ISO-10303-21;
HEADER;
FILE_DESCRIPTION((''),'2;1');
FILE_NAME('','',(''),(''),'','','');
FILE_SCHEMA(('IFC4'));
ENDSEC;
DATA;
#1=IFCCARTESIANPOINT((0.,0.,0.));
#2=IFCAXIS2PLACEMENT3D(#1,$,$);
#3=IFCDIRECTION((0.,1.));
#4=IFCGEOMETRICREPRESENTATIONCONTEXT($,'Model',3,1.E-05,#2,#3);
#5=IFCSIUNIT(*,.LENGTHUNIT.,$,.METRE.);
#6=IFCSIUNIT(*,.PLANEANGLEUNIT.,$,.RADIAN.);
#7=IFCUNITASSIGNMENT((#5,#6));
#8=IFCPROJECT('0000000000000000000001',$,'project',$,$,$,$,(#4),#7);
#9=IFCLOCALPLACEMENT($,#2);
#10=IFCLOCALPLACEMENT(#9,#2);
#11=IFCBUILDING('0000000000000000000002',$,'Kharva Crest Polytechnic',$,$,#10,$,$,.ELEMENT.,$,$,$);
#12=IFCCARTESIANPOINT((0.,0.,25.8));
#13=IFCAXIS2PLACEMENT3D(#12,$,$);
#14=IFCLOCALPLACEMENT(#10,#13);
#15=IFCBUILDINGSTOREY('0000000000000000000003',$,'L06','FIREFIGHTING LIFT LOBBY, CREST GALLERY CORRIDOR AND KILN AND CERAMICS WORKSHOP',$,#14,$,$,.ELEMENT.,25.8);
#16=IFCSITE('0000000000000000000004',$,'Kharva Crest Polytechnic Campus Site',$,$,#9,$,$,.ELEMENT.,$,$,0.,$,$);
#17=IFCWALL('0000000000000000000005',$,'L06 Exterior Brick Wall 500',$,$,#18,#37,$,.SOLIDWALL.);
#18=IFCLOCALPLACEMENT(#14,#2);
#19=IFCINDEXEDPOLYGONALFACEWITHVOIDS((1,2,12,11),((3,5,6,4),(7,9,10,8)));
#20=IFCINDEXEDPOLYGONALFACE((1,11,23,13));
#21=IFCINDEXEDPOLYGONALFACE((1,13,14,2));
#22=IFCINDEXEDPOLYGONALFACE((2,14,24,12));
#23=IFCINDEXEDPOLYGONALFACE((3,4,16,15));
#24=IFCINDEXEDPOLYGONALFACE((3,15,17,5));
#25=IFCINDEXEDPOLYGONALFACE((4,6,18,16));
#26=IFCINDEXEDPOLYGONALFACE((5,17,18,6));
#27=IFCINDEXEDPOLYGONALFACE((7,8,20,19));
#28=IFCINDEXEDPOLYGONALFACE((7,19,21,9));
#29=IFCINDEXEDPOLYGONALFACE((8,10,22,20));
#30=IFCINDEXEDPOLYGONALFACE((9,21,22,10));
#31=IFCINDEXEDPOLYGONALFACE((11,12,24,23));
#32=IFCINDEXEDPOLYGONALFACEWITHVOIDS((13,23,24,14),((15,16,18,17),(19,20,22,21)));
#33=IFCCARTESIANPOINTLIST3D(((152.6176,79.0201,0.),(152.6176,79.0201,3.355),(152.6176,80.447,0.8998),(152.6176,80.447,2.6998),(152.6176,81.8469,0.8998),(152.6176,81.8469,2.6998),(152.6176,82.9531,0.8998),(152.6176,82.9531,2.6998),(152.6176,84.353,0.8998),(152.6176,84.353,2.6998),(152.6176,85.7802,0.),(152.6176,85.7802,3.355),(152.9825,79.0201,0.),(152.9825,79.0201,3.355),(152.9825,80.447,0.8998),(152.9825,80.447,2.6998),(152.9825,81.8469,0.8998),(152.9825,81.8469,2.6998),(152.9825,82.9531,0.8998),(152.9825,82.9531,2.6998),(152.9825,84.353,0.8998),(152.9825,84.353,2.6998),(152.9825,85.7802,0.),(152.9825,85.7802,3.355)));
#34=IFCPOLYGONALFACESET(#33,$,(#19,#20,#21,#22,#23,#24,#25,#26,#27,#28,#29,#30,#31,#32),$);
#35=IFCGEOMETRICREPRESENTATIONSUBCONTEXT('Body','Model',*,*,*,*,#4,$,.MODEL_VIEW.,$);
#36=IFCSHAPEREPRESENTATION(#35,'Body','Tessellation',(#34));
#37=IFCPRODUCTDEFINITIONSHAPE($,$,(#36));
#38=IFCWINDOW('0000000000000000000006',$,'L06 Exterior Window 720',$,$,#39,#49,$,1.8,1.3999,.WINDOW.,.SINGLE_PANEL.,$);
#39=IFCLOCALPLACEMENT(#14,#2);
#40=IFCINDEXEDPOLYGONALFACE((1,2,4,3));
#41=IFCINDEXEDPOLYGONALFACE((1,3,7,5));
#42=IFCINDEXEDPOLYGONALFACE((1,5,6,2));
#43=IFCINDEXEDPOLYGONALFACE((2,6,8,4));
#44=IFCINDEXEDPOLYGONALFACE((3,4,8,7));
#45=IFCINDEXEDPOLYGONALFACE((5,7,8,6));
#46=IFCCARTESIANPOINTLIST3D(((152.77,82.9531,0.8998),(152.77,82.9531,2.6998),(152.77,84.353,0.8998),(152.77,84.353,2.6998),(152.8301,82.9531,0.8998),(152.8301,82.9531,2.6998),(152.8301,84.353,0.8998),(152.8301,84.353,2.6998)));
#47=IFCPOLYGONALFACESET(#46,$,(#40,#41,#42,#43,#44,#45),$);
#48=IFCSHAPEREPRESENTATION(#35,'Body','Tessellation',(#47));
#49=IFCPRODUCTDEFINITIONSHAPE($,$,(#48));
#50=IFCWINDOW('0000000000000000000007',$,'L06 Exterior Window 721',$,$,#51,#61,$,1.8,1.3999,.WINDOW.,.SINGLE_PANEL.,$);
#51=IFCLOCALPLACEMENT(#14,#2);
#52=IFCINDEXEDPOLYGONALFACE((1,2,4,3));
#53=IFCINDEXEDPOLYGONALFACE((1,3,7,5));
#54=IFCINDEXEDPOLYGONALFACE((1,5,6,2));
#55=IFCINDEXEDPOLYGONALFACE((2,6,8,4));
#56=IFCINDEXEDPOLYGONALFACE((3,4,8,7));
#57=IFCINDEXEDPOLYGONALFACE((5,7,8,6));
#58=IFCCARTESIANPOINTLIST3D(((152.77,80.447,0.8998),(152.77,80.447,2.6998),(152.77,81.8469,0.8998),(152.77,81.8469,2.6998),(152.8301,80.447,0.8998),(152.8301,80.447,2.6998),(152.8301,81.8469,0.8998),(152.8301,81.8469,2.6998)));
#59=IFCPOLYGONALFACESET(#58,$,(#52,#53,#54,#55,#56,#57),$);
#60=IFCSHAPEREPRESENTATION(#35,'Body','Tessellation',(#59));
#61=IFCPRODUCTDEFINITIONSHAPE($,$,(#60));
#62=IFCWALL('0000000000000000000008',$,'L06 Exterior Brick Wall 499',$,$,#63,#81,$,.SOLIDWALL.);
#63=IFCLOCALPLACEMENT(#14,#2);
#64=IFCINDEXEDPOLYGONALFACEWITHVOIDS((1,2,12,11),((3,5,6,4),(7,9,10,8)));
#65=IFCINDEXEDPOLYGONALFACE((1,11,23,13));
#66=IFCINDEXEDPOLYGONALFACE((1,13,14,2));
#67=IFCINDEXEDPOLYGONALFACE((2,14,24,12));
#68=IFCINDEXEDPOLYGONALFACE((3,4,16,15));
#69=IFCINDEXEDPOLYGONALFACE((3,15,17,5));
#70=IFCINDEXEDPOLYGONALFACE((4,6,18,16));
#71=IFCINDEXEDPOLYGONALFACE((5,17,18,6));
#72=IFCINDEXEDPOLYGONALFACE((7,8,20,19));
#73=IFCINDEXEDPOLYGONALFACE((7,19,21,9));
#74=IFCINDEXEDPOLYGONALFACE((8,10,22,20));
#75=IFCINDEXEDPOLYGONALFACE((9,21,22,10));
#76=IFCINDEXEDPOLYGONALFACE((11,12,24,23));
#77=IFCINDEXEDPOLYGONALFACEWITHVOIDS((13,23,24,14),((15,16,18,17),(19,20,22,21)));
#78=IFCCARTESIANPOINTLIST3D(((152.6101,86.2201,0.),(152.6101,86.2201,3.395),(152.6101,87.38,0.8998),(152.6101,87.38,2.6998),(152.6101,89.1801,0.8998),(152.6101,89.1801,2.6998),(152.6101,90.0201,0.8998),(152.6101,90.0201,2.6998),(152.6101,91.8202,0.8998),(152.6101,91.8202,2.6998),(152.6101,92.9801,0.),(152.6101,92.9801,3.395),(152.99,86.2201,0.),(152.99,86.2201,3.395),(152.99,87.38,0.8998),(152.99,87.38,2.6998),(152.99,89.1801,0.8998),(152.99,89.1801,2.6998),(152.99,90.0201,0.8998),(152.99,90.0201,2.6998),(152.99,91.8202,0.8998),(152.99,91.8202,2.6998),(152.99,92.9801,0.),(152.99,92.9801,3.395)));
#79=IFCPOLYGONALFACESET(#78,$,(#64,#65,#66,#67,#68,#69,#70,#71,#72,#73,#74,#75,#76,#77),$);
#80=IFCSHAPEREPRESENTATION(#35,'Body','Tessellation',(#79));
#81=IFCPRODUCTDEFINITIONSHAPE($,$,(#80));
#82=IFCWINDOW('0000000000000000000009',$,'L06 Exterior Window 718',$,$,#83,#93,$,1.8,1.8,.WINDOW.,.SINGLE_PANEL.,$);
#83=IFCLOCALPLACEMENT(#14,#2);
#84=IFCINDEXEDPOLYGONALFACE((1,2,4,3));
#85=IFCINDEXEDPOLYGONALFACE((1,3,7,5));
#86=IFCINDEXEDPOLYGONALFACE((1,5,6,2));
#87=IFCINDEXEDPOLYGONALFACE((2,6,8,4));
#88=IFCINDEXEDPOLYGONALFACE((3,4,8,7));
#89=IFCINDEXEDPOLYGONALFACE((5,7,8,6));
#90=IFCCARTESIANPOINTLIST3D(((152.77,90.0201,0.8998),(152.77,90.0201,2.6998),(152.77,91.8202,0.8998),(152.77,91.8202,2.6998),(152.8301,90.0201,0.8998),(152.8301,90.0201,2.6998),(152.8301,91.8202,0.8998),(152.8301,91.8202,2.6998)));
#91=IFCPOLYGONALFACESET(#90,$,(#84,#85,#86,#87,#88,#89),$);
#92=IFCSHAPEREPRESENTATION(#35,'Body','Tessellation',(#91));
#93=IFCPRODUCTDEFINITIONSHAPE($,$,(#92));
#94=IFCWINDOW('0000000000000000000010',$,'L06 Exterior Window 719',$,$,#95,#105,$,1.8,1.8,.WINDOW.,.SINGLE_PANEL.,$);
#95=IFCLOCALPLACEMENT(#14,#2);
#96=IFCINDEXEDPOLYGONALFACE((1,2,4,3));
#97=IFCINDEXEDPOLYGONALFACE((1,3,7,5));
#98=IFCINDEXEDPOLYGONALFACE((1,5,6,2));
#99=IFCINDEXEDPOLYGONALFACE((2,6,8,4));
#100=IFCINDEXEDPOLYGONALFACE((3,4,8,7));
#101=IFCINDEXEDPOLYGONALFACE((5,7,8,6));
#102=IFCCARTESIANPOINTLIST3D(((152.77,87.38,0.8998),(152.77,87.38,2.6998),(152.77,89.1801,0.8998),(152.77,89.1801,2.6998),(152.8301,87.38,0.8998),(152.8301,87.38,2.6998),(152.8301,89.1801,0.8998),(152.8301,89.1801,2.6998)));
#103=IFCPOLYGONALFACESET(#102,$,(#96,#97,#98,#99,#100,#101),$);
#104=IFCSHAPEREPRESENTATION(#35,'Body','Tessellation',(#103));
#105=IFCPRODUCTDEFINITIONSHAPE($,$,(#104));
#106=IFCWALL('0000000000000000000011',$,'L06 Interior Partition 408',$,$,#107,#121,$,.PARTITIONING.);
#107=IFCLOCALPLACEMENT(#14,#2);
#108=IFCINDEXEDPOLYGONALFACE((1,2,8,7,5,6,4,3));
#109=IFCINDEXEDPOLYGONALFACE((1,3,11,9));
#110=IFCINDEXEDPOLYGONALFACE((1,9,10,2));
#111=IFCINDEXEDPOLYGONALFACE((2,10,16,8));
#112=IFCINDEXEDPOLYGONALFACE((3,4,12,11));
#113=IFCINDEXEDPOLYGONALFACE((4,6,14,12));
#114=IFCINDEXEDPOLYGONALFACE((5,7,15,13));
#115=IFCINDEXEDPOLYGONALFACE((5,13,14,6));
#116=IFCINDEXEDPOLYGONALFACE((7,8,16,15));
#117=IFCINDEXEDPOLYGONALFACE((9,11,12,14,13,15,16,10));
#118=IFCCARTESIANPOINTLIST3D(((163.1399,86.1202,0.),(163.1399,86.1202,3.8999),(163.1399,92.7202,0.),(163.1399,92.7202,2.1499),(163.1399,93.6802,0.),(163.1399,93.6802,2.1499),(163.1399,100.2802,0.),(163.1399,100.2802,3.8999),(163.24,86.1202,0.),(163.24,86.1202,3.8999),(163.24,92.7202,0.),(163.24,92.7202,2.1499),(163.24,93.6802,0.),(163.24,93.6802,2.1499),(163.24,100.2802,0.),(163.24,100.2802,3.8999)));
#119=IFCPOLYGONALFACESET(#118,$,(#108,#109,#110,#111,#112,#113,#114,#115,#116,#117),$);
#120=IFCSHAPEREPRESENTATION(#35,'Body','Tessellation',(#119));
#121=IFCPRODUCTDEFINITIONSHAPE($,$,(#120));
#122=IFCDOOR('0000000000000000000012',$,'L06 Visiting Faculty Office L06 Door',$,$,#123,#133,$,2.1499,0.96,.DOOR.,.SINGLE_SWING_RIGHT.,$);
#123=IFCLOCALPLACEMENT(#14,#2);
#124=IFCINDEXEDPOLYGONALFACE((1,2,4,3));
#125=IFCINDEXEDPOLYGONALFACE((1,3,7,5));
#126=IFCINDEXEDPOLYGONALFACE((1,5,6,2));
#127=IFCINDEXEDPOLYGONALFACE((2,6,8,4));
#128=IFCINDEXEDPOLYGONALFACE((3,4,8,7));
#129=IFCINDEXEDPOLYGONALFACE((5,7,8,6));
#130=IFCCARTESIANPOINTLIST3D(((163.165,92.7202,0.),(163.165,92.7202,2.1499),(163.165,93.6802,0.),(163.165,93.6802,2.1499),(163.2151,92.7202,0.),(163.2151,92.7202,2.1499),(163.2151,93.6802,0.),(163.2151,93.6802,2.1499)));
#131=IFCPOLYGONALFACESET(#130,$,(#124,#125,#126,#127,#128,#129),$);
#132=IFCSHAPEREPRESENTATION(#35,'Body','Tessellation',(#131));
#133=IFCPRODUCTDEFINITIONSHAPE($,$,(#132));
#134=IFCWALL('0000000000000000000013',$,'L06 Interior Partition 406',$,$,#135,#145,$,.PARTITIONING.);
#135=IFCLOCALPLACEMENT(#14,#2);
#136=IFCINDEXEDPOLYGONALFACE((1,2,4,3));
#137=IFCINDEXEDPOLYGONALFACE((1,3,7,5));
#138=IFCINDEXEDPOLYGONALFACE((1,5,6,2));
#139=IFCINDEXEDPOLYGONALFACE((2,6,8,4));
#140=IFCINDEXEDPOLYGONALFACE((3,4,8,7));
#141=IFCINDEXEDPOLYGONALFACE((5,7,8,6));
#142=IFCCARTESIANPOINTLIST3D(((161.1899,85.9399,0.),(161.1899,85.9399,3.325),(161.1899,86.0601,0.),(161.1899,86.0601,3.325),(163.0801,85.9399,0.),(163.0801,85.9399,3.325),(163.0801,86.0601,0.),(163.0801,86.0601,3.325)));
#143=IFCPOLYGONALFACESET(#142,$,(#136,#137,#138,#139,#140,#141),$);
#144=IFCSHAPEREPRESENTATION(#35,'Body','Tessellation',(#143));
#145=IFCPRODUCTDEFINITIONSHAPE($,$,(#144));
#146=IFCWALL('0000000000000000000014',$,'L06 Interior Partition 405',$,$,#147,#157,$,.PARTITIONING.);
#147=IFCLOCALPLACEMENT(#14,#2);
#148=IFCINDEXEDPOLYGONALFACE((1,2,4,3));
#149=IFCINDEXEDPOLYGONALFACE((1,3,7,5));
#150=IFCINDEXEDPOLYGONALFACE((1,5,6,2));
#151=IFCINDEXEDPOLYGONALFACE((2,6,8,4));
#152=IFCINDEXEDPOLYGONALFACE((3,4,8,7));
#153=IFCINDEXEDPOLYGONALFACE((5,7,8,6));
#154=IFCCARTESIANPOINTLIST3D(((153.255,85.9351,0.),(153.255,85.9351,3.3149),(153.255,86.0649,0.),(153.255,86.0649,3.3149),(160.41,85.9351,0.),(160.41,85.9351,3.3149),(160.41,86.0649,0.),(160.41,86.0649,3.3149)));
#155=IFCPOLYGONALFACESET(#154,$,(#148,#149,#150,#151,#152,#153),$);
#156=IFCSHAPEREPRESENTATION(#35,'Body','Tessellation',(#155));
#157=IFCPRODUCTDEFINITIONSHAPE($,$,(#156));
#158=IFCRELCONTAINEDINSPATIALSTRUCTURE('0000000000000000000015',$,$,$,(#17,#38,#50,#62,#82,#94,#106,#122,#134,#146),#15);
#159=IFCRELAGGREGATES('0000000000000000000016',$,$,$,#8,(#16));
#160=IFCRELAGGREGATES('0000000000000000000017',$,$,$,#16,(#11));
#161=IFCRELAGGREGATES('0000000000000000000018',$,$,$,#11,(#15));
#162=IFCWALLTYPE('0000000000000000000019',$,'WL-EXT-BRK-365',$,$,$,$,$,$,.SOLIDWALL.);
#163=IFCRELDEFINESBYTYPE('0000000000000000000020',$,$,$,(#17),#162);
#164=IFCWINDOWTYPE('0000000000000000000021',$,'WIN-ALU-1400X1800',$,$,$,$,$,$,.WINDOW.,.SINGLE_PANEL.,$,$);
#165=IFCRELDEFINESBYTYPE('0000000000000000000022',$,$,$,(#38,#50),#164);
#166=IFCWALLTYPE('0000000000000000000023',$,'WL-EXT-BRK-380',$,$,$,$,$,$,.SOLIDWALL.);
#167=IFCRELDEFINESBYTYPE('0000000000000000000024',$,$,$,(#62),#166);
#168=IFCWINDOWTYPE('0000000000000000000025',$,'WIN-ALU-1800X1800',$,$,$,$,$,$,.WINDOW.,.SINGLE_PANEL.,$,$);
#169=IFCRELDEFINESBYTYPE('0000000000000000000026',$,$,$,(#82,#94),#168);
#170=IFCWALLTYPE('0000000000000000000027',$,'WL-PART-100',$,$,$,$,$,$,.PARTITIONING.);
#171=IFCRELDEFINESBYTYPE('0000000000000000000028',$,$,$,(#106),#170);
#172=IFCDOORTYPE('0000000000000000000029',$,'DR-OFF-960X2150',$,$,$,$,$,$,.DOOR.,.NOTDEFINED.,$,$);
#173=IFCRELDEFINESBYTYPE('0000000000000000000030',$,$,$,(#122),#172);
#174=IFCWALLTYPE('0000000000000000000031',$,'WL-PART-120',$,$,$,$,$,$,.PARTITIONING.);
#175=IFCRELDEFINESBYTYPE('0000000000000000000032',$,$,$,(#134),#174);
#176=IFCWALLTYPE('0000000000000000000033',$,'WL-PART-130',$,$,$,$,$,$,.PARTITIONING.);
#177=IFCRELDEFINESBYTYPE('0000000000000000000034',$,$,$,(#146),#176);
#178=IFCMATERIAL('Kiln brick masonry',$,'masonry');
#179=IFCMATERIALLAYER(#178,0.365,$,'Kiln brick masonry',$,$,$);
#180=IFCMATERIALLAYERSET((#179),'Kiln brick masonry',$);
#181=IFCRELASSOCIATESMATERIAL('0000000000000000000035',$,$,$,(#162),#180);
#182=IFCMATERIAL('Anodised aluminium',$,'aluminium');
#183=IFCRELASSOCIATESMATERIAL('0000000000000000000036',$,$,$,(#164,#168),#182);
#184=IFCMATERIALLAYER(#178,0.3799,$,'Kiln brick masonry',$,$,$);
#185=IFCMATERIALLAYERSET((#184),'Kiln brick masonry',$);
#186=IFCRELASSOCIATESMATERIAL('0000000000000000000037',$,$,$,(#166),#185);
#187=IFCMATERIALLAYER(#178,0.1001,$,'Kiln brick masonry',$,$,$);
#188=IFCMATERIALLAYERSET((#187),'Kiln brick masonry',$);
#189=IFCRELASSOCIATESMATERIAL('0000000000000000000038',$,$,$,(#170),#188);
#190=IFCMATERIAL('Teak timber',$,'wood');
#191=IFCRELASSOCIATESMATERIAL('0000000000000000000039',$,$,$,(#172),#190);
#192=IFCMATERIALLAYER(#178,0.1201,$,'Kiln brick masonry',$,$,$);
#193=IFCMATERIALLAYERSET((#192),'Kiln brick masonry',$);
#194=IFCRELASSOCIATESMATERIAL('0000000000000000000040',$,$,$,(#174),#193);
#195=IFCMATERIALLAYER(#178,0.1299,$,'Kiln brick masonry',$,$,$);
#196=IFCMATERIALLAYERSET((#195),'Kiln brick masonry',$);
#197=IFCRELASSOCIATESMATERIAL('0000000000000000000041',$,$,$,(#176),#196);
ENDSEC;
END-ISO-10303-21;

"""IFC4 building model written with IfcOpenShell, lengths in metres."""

from ifc_helpers import new_model, si_unit, direction, frame, frame_2d, origin, place, context, subcontext, project, spatial, rectangle, extrude, material, layer, layer_set, type_object, element, fill, save


model = new_model("IFC4")

# Units and contexts
model_context = context("Model", 3, precision=1e-05, world=origin(), true_north=direction((0.0, 1.0)))
body_context = subcontext(model_context, "Body", "Model", "MODEL_VIEW")
ifc_project = project(units=[si_unit("LENGTHUNIT", "METRE"), si_unit("PLANEANGLEUNIT", "RADIAN")], contexts=[model_context])

# Site, building, storey
site_placement = place(None, origin())
site = spatial("IfcSite", under=ifc_project, at=site_placement, Name="Kharva Crest Polytechnic Campus Site", CompositionType="ELEMENT", RefElevation=0.0)
building_placement = place(site_placement, origin())
building = spatial("IfcBuilding", under=site, at=building_placement, Name="Kharva Crest Polytechnic", CompositionType="ELEMENT")
storey_placement = place(building_placement, frame((0.0, 0.0, 25.8)))
storey = spatial("IfcBuildingStorey", under=building, at=storey_placement, Name="L06", Description="FIREFIGHTING LIFT LOBBY, CREST GALLERY CORRIDOR AND KILN AND CERAMICS WORKSHOP", CompositionType="ELEMENT", Elevation=25.8)

# Walls, openings, windows
ifc_material_1 = material(Name="Kiln brick masonry", Category="masonry")
ifc_layer_1 = layer(ifc_material_1, 0.365, Name="Kiln brick masonry")
ifc_layer_set_1 = layer_set([ifc_layer_1], Name="Kiln brick masonry")
wall_type_1 = type_object("IfcWallType", Name="WL-EXT-BRK-365", PredefinedType="SOLIDWALL", material=ifc_layer_set_1)
wall_1_placement = place(storey_placement, frame((152.8, 85.78, 0.0), z_axis=(0.0, 0.0, 1.0), x_axis=(0.0, -1.0, 0.0)))
wall_1 = element("IfcWall", 1, at=wall_1_placement, inside=storey, type_object=wall_type_1, Name="L06 Exterior Brick Wall 500", PredefinedType="SOLIDWALL", context=body_context, shape_type="SweptSolid", body=[
    extrude(rectangle(XDim=6.76, YDim=0.365, at=frame_2d((3.3799, 0.0))), origin(), (0.0, 0.0, 1.0), 3.355),
])
opening_1_placement = place(wall_1_placement, frame((1.427, 0.0, 0.8999)))
opening_1 = element("IfcOpeningElement", 2, at=opening_1_placement, cuts=wall_1, PredefinedType="OPENING", context=body_context, shape_type="SweptSolid", body=[
    extrude(rectangle(XDim=1.3999, YDim=1.8, at=frame_2d((0.7, 0.8999))), frame((0.0, 0.1924, 0.0), z_axis=(0.0, -1.0, 0.0), x_axis=(1.0, 0.0, 0.0)), (0.0, 0.0, 1.0), 0.385),
])
opening_2_placement = place(wall_1_placement, frame((3.9331, 0.0, 0.8999)))
opening_2 = element("IfcOpeningElement", 3, at=opening_2_placement, cuts=wall_1, PredefinedType="OPENING", context=body_context, shape_type="SweptSolid", body=[
    extrude(rectangle(XDim=1.3999, YDim=1.8, at=frame_2d((0.7, 0.8999))), frame((0.0, 0.1924, 0.0), z_axis=(0.0, -1.0, 0.0), x_axis=(1.0, 0.0, 0.0)), (0.0, 0.0, 1.0), 0.385),
])
ifc_material_2 = material(Name="Anodised aluminium", Category="aluminium")
window_type_1 = type_object("IfcWindowType", Name="WIN-ALU-1400X1800", PartitioningType="SINGLE_PANEL", PredefinedType="WINDOW", material=ifc_material_2)
window_1_placement = place(opening_1_placement, origin())
window_1 = element("IfcWindow", 4, at=window_1_placement, inside=storey, type_object=window_type_1, Name="L06 Exterior Window 720", OverallHeight=1.8, OverallWidth=1.3999, PartitioningType="SINGLE_PANEL", PredefinedType="WINDOW", context=body_context, shape_type="SweptSolid", body=[
    extrude(rectangle(XDim=1.3999, YDim=1.8, at=frame_2d((0.7, 0.8999))), frame((0.0, 0.03, 0.0), z_axis=(0.0, -1.0, 0.0), x_axis=(1.0, 0.0, 0.0)), (0.0, 0.0, 1.0), 0.0601),
])
fill(opening_1, window_1)
window_2_placement = place(opening_2_placement, origin())
window_2 = element("IfcWindow", 5, at=window_2_placement, inside=storey, type_object=window_type_1, Name="L06 Exterior Window 721", OverallHeight=1.8, OverallWidth=1.3999, PartitioningType="SINGLE_PANEL", PredefinedType="WINDOW", context=body_context, shape_type="SweptSolid", body=[
    extrude(rectangle(XDim=1.3999, YDim=1.8, at=frame_2d((0.7, 0.8999))), frame((0.0, 0.03, 0.0), z_axis=(0.0, -1.0, 0.0), x_axis=(1.0, 0.0, 0.0)), (0.0, 0.0, 1.0), 0.0601),
])
fill(opening_2, window_2)
ifc_layer_2 = layer(ifc_material_1, 0.3799, Name="Kiln brick masonry")
ifc_layer_set_2 = layer_set([ifc_layer_2], Name="Kiln brick masonry")
wall_type_2 = type_object("IfcWallType", Name="WL-EXT-BRK-380", PredefinedType="SOLIDWALL", material=ifc_layer_set_2)
wall_2_placement = place(storey_placement, frame((152.8, 92.98, 0.0), z_axis=(0.0, 0.0, 1.0), x_axis=(0.0, -1.0, 0.0)))
wall_2 = element("IfcWall", 6, at=wall_2_placement, inside=storey, type_object=wall_type_2, Name="L06 Exterior Brick Wall 499", PredefinedType="SOLIDWALL", context=body_context, shape_type="SweptSolid", body=[
    extrude(rectangle(XDim=6.76, YDim=0.3799, at=frame_2d((3.3799, 0.0))), origin(), (0.0, 0.0, 1.0), 3.395),
])
opening_3_placement = place(wall_2_placement, frame((1.1599, 0.0, 0.8999)))
opening_3 = element("IfcOpeningElement", 7, at=opening_3_placement, cuts=wall_2, PredefinedType="OPENING", context=body_context, shape_type="SweptSolid", body=[
    extrude(rectangle(XDim=1.8, YDim=1.8, at=frame_2d((0.8999, 0.8999))), frame((0.0, 0.2, 0.0), z_axis=(0.0, -1.0, 0.0), x_axis=(1.0, 0.0, 0.0)), (0.0, 0.0, 1.0), 0.3999),
])
opening_4_placement = place(wall_2_placement, frame((3.8, 0.0, 0.8999)))
opening_4 = element("IfcOpeningElement", 8, at=opening_4_placement, cuts=wall_2, PredefinedType="OPENING", context=body_context, shape_type="SweptSolid", body=[
    extrude(rectangle(XDim=1.8, YDim=1.8, at=frame_2d((0.8999, 0.8999))), frame((0.0, 0.2, 0.0), z_axis=(0.0, -1.0, 0.0), x_axis=(1.0, 0.0, 0.0)), (0.0, 0.0, 1.0), 0.3999),
])
window_type_2 = type_object("IfcWindowType", Name="WIN-ALU-1800X1800", PartitioningType="SINGLE_PANEL", PredefinedType="WINDOW", material=ifc_material_2)
window_3_placement = place(opening_3_placement, origin())
window_3 = element("IfcWindow", 9, at=window_3_placement, inside=storey, type_object=window_type_2, Name="L06 Exterior Window 718", OverallHeight=1.8, OverallWidth=1.8, PartitioningType="SINGLE_PANEL", PredefinedType="WINDOW", context=body_context, shape_type="SweptSolid", body=[
    extrude(rectangle(XDim=1.8, YDim=1.8, at=frame_2d((0.8999, 0.8999))), frame((0.0, 0.03, 0.0), z_axis=(0.0, -1.0, 0.0), x_axis=(1.0, 0.0, 0.0)), (0.0, 0.0, 1.0), 0.0601),
])
fill(opening_3, window_3)
window_4_placement = place(opening_4_placement, origin())
window_4 = element("IfcWindow", 10, at=window_4_placement, inside=storey, type_object=window_type_2, Name="L06 Exterior Window 719", OverallHeight=1.8, OverallWidth=1.8, PartitioningType="SINGLE_PANEL", PredefinedType="WINDOW", context=body_context, shape_type="SweptSolid", body=[
    extrude(rectangle(XDim=1.8, YDim=1.8, at=frame_2d((0.8999, 0.8999))), frame((0.0, 0.03, 0.0), z_axis=(0.0, -1.0, 0.0), x_axis=(1.0, 0.0, 0.0)), (0.0, 0.0, 1.0), 0.0601),
])
fill(opening_4, window_4)

# Wall, opening, door
ifc_layer_3 = layer(ifc_material_1, 0.1001, Name="Kiln brick masonry")
ifc_layer_set_3 = layer_set([ifc_layer_3], Name="Kiln brick masonry")
wall_type_3 = type_object("IfcWallType", Name="WL-PART-100", PredefinedType="PARTITIONING", material=ifc_layer_set_3)
wall_3_placement = place(storey_placement, frame((163.1899, 86.1201, 0.0), z_axis=(0.0, 0.0, 1.0), x_axis=(0.0, 1.0, 0.0)))
wall_3 = element("IfcWall", 11, at=wall_3_placement, inside=storey, type_object=wall_type_3, Name="L06 Interior Partition 408", PredefinedType="PARTITIONING", context=body_context, shape_type="SweptSolid", body=[
    extrude(rectangle(XDim=14.1599, YDim=0.1001, at=frame_2d((7.0801, 0.0))), origin(), (0.0, 0.0, 1.0), 3.8999),
])
opening_5_placement = place(wall_3_placement, frame((6.6001, 0.0, 0.0)))
opening_5 = element("IfcOpeningElement", 12, at=opening_5_placement, cuts=wall_3, PredefinedType="OPENING", context=body_context, shape_type="SweptSolid", body=[
    extrude(rectangle(XDim=0.96, YDim=2.1499, at=frame_2d((0.48, 1.075))), frame((0.0, 0.0601, 0.0), z_axis=(0.0, -1.0, 0.0), x_axis=(1.0, 0.0, 0.0)), (0.0, 0.0, 1.0), 0.1201),
])
ifc_material_3 = material(Name="Teak timber", Category="wood")
door_type_1 = type_object("IfcDoorType", Name="DR-OFF-960X2150", OperationType="NOTDEFINED", PredefinedType="DOOR", material=ifc_material_3)
door_1_placement = place(opening_5_placement, origin())
door_1 = element("IfcDoor", 13, at=door_1_placement, inside=storey, type_object=door_type_1, Name="L06 Visiting Faculty Office L06 Door", OperationType="SINGLE_SWING_RIGHT", OverallHeight=2.1499, OverallWidth=0.96, PredefinedType="DOOR", context=body_context, shape_type="SweptSolid", body=[
    extrude(rectangle(XDim=0.96, YDim=2.1499, at=frame_2d((0.48, 1.075))), frame((0.0, 0.0249, 0.0), z_axis=(0.0, -1.0, 0.0), x_axis=(1.0, 0.0, 0.0)), (0.0, 0.0, 1.0), 0.05),
])
fill(opening_5, door_1)

# Walls
ifc_layer_4 = layer(ifc_material_1, 0.1201, Name="Kiln brick masonry")
ifc_layer_set_4 = layer_set([ifc_layer_4], Name="Kiln brick masonry")
wall_type_4 = type_object("IfcWallType", Name="WL-PART-120", PredefinedType="PARTITIONING", material=ifc_layer_set_4)
wall_4_placement = place(storey_placement, frame((161.1899, 86.0, 0.0), z_axis=(0.0, 0.0, 1.0), x_axis=(1.0, 0.0, 0.0)))
element("IfcWall", 14, at=wall_4_placement, inside=storey, type_object=wall_type_4, Name="L06 Interior Partition 406", PredefinedType="PARTITIONING", context=body_context, shape_type="SweptSolid", body=[
    extrude(rectangle(XDim=1.8901, YDim=0.1201, at=frame_2d((0.9451, 0.0))), origin(), (0.0, 0.0, 1.0), 3.325),
])
ifc_layer_5 = layer(ifc_material_1, 0.1299, Name="Kiln brick masonry")
ifc_layer_set_5 = layer_set([ifc_layer_5], Name="Kiln brick masonry")
wall_type_5 = type_object("IfcWallType", Name="WL-PART-130", PredefinedType="PARTITIONING", material=ifc_layer_set_5)
wall_5_placement = place(storey_placement, frame((153.2549, 86.0, 0.0), z_axis=(0.0, 0.0, 1.0), x_axis=(1.0, 0.0, 0.0)))
element("IfcWall", 15, at=wall_5_placement, inside=storey, type_object=wall_type_5, Name="L06 Interior Partition 405", PredefinedType="PARTITIONING", context=body_context, shape_type="SweptSolid", body=[
    extrude(rectangle(XDim=7.155, YDim=0.1299, at=frame_2d((3.5776, 0.0))), origin(), (0.0, 0.0, 1.0), 3.3149),
])

save(model, "model.ifc")
